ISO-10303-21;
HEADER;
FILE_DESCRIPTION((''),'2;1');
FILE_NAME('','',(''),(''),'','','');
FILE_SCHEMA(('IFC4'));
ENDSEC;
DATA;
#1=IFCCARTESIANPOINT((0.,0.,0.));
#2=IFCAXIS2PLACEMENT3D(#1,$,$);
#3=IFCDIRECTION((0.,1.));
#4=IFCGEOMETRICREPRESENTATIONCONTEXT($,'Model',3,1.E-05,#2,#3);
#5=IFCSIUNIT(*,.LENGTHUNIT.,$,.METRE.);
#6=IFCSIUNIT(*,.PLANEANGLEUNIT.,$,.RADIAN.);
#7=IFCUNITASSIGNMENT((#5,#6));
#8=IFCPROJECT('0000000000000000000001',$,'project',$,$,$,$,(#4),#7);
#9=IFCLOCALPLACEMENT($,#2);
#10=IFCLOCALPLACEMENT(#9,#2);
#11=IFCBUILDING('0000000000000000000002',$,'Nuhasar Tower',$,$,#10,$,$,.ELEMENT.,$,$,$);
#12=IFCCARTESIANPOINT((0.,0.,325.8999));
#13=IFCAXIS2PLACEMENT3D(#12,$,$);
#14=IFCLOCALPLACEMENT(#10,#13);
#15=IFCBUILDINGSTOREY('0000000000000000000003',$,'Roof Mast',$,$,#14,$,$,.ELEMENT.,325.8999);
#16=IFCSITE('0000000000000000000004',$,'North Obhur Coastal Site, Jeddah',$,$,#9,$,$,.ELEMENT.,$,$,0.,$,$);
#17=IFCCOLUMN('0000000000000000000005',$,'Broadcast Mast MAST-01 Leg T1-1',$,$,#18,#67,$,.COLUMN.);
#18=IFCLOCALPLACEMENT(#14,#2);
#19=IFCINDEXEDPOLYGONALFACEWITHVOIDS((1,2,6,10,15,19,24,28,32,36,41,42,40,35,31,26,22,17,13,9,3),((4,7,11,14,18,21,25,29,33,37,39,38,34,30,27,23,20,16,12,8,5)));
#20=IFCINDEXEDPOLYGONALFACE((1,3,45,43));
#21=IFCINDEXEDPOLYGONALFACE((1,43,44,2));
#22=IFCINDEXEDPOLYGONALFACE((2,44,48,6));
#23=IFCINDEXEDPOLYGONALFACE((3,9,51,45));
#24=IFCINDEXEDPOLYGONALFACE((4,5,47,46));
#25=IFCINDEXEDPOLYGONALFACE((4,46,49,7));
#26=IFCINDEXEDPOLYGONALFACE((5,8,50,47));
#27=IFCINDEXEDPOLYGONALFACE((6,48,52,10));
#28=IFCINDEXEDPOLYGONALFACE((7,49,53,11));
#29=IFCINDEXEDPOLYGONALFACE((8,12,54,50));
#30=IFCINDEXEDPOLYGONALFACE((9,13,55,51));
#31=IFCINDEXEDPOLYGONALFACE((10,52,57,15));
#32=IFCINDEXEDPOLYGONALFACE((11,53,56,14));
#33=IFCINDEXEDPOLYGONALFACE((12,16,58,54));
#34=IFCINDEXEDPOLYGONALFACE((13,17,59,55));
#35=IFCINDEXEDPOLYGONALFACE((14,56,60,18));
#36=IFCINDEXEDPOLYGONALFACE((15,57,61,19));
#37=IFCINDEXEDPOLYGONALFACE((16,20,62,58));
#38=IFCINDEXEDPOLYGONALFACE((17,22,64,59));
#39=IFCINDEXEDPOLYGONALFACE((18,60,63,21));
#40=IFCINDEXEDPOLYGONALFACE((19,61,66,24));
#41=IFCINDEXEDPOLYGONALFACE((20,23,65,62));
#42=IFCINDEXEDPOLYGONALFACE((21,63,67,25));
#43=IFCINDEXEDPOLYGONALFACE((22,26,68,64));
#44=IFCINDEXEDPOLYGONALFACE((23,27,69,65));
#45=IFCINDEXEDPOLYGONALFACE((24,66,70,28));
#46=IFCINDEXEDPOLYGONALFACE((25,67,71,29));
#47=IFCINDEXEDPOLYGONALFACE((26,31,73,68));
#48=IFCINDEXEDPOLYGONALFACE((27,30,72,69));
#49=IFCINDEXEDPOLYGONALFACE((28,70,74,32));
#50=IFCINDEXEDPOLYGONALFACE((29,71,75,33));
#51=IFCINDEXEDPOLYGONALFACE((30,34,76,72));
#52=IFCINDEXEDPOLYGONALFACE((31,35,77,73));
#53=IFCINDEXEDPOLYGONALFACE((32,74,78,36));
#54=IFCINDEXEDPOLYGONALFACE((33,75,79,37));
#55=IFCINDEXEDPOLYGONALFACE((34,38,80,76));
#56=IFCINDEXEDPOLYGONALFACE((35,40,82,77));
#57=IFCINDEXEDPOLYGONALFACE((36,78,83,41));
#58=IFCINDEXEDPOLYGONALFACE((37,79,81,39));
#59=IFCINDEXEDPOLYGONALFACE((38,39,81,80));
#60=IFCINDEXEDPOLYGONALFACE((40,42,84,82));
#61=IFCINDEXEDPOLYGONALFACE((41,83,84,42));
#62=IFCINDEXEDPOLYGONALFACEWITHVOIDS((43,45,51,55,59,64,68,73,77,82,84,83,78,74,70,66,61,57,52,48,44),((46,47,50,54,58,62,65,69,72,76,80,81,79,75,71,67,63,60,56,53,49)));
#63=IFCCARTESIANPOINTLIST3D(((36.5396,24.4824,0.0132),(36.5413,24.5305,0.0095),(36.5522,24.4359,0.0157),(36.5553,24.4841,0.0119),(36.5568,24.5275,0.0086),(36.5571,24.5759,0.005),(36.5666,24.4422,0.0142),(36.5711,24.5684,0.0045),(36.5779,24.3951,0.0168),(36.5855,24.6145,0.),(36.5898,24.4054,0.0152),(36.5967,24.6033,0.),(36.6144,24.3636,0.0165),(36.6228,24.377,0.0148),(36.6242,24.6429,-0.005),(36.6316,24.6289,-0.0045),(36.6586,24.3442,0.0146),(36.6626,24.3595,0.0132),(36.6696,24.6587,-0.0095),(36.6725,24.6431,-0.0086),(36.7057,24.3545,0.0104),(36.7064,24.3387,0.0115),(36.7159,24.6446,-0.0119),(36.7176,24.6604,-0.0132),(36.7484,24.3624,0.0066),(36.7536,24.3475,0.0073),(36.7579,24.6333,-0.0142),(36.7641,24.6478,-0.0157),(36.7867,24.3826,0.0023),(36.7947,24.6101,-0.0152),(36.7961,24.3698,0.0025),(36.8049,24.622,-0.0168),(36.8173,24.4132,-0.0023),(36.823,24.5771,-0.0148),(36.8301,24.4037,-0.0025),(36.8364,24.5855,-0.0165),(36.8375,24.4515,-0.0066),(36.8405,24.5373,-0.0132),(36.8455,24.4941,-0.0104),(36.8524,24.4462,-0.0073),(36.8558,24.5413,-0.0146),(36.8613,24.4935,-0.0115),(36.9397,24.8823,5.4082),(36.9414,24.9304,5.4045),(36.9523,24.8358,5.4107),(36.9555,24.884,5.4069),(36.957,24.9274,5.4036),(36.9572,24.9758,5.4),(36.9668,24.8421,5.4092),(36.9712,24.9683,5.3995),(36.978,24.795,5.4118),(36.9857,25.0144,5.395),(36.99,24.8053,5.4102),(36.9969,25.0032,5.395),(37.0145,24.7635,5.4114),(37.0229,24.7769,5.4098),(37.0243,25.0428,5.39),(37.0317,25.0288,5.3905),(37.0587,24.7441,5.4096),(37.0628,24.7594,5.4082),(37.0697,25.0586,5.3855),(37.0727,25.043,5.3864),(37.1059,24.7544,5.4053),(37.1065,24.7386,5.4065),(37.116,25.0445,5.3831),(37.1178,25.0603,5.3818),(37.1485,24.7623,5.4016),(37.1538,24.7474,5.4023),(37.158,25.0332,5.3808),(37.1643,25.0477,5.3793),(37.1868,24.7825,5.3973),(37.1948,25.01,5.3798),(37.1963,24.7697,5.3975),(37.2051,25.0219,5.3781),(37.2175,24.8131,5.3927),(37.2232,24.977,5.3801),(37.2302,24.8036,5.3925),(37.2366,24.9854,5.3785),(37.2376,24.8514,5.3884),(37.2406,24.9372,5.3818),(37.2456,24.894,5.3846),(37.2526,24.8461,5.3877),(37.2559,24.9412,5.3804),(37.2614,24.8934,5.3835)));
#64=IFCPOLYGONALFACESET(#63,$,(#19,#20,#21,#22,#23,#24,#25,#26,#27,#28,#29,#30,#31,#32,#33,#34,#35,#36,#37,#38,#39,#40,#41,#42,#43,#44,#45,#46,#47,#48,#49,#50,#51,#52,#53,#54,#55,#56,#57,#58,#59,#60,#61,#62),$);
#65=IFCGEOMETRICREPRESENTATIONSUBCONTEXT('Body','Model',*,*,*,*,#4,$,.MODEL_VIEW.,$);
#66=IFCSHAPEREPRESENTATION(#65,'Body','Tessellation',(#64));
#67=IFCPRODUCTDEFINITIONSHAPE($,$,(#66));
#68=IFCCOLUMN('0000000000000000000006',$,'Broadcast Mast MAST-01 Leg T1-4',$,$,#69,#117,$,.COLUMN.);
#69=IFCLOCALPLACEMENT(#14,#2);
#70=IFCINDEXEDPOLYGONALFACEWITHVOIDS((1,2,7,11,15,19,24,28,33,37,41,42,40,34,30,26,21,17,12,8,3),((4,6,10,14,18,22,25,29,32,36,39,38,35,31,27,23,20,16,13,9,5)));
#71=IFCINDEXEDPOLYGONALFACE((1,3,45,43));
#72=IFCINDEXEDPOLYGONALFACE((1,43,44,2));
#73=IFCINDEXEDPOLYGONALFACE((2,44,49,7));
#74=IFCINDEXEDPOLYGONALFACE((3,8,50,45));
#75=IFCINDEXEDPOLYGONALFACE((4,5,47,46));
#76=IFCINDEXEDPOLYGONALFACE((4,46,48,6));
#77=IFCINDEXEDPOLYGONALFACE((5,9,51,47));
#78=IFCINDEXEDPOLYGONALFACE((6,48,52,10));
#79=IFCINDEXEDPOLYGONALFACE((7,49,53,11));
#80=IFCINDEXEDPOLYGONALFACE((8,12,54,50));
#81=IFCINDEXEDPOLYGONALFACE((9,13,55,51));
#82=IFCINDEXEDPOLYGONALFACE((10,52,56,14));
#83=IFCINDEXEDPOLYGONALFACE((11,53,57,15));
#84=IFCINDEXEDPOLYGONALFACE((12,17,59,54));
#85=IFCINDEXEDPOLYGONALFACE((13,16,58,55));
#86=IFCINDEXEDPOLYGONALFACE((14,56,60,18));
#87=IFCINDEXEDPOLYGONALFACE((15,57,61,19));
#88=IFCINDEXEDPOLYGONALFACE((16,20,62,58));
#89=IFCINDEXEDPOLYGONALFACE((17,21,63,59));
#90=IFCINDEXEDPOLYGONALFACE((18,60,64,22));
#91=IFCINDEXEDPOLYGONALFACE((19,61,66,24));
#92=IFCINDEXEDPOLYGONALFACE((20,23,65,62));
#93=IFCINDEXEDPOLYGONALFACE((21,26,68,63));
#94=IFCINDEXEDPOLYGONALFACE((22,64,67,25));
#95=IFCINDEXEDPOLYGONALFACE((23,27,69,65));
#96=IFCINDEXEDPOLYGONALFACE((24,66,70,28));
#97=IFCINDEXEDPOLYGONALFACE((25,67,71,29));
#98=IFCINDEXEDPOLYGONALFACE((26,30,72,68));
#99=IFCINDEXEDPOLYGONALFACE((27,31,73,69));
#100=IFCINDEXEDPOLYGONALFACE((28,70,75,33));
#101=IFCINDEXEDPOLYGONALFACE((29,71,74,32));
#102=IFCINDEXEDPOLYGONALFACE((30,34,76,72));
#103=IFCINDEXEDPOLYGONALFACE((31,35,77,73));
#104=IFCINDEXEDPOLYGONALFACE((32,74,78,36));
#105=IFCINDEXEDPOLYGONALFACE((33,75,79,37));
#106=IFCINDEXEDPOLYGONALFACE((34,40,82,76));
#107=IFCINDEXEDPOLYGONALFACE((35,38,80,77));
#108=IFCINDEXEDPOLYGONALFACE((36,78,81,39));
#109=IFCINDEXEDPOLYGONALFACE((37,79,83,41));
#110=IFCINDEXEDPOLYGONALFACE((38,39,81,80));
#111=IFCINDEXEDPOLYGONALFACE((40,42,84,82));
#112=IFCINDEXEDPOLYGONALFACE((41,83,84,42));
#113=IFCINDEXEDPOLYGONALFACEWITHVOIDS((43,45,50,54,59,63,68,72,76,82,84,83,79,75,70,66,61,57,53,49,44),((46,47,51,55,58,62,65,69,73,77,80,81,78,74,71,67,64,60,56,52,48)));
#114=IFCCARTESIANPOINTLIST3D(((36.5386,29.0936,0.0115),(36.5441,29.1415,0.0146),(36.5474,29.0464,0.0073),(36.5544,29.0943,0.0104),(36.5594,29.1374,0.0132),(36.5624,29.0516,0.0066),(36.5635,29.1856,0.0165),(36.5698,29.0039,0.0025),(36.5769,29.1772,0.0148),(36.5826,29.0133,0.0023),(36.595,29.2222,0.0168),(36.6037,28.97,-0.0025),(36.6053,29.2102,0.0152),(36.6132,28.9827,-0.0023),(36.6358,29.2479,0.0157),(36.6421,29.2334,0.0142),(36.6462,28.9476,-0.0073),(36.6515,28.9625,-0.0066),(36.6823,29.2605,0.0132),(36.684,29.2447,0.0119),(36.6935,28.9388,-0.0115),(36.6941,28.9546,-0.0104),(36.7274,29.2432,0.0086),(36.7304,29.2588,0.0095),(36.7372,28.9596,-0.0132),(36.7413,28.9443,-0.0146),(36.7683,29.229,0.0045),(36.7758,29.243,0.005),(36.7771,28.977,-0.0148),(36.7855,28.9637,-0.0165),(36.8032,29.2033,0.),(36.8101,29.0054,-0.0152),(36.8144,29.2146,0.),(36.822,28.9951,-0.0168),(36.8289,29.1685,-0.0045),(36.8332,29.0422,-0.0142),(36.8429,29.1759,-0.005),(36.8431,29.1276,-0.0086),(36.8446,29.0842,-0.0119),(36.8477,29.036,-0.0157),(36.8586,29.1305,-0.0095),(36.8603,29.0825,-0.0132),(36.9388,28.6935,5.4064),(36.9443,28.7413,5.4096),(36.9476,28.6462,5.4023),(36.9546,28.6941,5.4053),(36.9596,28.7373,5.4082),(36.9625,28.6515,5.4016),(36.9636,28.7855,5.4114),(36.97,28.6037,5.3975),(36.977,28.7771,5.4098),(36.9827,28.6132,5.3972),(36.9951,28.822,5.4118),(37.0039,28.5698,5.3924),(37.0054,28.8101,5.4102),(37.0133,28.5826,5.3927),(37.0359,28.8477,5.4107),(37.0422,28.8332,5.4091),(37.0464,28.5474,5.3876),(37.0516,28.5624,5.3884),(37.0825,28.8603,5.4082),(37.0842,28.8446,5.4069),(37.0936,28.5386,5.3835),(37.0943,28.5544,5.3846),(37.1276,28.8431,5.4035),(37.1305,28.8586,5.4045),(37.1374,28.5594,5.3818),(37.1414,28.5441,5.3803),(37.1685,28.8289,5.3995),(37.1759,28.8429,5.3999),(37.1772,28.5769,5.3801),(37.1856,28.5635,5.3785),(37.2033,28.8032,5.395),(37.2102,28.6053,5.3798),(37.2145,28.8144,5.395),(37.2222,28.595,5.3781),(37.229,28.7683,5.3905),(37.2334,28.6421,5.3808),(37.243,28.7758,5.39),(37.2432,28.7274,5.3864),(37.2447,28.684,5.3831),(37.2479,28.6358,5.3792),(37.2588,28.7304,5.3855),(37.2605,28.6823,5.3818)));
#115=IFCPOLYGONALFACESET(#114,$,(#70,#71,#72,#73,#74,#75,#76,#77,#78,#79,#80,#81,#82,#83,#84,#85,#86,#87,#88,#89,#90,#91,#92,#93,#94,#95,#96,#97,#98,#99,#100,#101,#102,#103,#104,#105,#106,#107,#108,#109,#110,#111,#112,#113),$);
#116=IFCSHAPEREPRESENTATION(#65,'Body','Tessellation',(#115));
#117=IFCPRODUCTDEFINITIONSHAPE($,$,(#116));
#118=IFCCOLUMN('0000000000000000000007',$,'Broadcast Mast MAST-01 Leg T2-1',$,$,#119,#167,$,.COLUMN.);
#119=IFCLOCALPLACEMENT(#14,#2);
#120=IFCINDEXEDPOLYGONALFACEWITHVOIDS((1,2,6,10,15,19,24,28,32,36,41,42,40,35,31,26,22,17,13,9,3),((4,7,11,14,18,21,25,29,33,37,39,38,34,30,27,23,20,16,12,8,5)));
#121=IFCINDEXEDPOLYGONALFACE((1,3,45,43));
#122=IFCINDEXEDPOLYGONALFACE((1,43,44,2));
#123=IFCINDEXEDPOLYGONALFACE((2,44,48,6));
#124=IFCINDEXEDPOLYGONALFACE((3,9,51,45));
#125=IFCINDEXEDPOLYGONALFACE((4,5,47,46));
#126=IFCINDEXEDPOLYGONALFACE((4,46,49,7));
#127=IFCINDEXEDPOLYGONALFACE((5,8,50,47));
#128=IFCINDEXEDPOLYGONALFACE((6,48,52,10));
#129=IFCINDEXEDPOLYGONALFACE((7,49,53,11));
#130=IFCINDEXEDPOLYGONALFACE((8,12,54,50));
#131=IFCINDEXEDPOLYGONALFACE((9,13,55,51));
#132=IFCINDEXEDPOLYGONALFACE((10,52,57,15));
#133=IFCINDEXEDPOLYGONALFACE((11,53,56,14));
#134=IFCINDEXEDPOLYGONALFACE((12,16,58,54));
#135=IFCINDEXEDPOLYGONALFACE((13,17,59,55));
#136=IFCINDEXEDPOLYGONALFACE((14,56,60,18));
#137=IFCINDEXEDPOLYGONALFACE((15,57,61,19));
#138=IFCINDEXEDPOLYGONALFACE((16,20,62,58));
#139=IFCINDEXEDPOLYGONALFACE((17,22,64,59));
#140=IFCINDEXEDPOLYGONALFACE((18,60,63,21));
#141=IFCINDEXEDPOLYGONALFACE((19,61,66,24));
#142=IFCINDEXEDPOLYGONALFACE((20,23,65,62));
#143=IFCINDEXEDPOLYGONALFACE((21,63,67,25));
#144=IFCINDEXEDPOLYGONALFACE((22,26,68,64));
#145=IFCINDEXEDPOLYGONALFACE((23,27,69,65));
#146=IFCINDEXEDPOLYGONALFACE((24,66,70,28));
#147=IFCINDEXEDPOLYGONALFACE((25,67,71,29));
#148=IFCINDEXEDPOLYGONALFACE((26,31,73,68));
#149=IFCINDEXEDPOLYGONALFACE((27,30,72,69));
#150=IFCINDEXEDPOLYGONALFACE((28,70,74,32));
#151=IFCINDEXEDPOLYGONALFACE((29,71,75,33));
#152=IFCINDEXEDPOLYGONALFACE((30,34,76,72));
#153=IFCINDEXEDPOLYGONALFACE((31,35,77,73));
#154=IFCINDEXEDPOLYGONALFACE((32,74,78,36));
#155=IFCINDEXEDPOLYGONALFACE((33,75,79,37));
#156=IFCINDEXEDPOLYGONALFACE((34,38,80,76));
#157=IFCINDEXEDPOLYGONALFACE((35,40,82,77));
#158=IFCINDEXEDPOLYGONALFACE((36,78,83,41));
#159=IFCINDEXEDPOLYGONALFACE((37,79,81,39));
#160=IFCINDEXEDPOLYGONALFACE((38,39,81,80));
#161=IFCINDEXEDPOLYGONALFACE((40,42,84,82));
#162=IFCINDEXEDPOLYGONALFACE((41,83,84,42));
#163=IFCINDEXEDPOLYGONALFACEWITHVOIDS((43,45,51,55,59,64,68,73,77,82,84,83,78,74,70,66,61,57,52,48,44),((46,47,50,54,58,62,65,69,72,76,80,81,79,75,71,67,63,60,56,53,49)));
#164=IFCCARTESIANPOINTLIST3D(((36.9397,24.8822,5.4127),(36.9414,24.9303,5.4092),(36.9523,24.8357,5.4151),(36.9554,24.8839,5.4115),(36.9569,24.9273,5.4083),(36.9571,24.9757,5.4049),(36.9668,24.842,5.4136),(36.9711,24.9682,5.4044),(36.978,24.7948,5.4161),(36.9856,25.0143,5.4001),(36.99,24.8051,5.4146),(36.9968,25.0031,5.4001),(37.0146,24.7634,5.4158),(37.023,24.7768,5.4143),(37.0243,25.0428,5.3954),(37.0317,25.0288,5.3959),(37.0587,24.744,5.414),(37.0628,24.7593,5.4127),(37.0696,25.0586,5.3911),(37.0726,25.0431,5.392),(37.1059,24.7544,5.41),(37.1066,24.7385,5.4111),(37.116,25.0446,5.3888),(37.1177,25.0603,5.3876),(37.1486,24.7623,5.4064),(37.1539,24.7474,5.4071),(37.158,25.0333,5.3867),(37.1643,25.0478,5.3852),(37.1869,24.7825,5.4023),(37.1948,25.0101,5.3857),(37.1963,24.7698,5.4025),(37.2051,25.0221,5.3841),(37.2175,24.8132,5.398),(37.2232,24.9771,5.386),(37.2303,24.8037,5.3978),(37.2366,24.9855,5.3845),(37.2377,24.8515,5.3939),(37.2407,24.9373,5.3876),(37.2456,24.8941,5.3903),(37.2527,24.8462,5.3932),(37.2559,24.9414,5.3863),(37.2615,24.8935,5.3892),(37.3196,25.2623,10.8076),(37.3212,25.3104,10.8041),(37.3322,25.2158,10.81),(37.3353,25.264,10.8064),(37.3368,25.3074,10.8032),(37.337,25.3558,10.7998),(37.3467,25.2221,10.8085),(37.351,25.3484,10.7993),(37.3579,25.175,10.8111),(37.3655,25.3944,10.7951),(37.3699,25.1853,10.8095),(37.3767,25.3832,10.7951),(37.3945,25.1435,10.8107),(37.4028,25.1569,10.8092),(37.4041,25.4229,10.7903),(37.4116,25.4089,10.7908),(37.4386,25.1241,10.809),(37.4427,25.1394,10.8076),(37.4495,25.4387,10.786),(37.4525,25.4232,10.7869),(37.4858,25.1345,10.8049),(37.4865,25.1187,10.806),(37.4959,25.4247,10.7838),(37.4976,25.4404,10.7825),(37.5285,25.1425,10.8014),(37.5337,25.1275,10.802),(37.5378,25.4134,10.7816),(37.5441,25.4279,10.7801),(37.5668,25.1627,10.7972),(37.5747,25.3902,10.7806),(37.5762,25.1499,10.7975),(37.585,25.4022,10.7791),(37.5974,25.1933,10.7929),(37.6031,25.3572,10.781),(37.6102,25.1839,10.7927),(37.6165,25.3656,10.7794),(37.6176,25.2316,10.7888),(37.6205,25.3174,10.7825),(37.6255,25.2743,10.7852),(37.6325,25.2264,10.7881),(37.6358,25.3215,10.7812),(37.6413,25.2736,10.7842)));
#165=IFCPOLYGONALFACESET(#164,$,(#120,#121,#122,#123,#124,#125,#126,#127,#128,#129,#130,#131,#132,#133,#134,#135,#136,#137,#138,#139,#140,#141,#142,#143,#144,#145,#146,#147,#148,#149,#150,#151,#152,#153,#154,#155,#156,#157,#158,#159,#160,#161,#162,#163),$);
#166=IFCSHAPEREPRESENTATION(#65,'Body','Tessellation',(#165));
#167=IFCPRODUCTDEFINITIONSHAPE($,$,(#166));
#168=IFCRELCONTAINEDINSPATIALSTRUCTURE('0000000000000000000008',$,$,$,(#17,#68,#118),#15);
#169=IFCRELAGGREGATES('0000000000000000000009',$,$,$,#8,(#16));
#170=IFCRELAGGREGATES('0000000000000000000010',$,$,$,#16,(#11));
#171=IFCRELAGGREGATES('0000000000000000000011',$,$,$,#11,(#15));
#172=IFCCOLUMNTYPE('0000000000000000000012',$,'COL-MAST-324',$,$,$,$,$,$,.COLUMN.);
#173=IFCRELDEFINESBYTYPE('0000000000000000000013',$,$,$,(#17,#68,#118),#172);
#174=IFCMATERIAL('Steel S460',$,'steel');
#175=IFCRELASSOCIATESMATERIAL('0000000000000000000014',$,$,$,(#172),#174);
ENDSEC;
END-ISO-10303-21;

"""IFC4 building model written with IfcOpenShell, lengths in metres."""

from ifc_helpers import new_model, si_unit, direction, frame, origin, origin_2d, place, context, subcontext, project, spatial, hollow_circle, extrude, material, material_profile, profile_set, type_object, element, save


model = new_model("IFC4")

# Units and contexts
model_context = context("Model", 3, precision=1e-05, world=origin(), true_north=direction((0.0, 1.0)))
body_context = subcontext(model_context, "Body", "Model", "MODEL_VIEW")
ifc_project = project(units=[si_unit("LENGTHUNIT", "METRE"), si_unit("PLANEANGLEUNIT", "RADIAN")], contexts=[model_context])

# Site, building, storey
site_placement = place(None, origin())
site = spatial("IfcSite", under=ifc_project, at=site_placement, Name="North Obhur Coastal Site, Jeddah", CompositionType="ELEMENT", RefElevation=0.0)
building_placement = place(site_placement, origin())
building = spatial("IfcBuilding", under=site, at=building_placement, Name="Nuhasar Tower", CompositionType="ELEMENT")
storey_placement = place(building_placement, frame((0.0, 0.0, 325.8999)))
storey = spatial("IfcBuildingStorey", under=building, at=storey_placement, Name="Roof Mast", CompositionType="ELEMENT", Elevation=325.8999)

# Columns
ifc_material_1 = material(Name="Steel S460", Category="steel")
ifc_material_profile_1 = material_profile(ifc_material_1, hollow_circle(Radius=0.1619, WallThickness=0.0159, at=origin_2d()), Name="HSS323.9X15.9")
ifc_profile_set_1 = profile_set([ifc_material_profile_1], Name="Steel S460")
column_type = type_object("IfcColumnType", Name="COL-MAST-324", PredefinedType="COLUMN", material=ifc_profile_set_1)
for number, where, z_axis, x_axis, name in (
    (1, (36.7, 24.5, 0.0), (0.073765, 0.07372, 0.994547), (-0.706891, 0.707323, 0.0), "Broadcast Mast MAST-01 Leg T1-1"),
    (2, (36.7, 29.1001, 0.0), (0.073765, -0.073765, 0.994544), (0.707107, 0.707107, 0.0), "Broadcast Mast MAST-01 Leg T1-4"),
):
    element("IfcColumn", number, at=place(storey_placement, frame(where, z_axis=z_axis, x_axis=x_axis)), inside=storey, type_object=column_type, Name=name, PredefinedType="COLUMN", context=body_context, shape_type="SweptSolid", body=[
        extrude(hollow_circle(Radius=0.1619, WallThickness=0.0159, at=origin_2d()), origin(), (0.0, 0.0, 1.0), 5.4246),
    ])
for number, where, z_axis, x_axis, name in (
    (3, (37.1001, 24.8999, 5.4001), (0.070067, 0.070112, 0.995075), (-0.707334, 0.70688, 0.0), "Broadcast Mast MAST-01 Leg T2-1"),
):
    element("IfcColumn", number, at=place(storey_placement, frame(where, z_axis=z_axis, x_axis=x_axis)), inside=storey, type_object=column_type, Name=name, PredefinedType="COLUMN", context=body_context, shape_type="SweptSolid", body=[
        extrude(hollow_circle(Radius=0.1619, WallThickness=0.0159, at=origin_2d()), origin(), (0.0, 0.0, 1.0), 5.4216),
    ])

save(model, "model.ifc")
